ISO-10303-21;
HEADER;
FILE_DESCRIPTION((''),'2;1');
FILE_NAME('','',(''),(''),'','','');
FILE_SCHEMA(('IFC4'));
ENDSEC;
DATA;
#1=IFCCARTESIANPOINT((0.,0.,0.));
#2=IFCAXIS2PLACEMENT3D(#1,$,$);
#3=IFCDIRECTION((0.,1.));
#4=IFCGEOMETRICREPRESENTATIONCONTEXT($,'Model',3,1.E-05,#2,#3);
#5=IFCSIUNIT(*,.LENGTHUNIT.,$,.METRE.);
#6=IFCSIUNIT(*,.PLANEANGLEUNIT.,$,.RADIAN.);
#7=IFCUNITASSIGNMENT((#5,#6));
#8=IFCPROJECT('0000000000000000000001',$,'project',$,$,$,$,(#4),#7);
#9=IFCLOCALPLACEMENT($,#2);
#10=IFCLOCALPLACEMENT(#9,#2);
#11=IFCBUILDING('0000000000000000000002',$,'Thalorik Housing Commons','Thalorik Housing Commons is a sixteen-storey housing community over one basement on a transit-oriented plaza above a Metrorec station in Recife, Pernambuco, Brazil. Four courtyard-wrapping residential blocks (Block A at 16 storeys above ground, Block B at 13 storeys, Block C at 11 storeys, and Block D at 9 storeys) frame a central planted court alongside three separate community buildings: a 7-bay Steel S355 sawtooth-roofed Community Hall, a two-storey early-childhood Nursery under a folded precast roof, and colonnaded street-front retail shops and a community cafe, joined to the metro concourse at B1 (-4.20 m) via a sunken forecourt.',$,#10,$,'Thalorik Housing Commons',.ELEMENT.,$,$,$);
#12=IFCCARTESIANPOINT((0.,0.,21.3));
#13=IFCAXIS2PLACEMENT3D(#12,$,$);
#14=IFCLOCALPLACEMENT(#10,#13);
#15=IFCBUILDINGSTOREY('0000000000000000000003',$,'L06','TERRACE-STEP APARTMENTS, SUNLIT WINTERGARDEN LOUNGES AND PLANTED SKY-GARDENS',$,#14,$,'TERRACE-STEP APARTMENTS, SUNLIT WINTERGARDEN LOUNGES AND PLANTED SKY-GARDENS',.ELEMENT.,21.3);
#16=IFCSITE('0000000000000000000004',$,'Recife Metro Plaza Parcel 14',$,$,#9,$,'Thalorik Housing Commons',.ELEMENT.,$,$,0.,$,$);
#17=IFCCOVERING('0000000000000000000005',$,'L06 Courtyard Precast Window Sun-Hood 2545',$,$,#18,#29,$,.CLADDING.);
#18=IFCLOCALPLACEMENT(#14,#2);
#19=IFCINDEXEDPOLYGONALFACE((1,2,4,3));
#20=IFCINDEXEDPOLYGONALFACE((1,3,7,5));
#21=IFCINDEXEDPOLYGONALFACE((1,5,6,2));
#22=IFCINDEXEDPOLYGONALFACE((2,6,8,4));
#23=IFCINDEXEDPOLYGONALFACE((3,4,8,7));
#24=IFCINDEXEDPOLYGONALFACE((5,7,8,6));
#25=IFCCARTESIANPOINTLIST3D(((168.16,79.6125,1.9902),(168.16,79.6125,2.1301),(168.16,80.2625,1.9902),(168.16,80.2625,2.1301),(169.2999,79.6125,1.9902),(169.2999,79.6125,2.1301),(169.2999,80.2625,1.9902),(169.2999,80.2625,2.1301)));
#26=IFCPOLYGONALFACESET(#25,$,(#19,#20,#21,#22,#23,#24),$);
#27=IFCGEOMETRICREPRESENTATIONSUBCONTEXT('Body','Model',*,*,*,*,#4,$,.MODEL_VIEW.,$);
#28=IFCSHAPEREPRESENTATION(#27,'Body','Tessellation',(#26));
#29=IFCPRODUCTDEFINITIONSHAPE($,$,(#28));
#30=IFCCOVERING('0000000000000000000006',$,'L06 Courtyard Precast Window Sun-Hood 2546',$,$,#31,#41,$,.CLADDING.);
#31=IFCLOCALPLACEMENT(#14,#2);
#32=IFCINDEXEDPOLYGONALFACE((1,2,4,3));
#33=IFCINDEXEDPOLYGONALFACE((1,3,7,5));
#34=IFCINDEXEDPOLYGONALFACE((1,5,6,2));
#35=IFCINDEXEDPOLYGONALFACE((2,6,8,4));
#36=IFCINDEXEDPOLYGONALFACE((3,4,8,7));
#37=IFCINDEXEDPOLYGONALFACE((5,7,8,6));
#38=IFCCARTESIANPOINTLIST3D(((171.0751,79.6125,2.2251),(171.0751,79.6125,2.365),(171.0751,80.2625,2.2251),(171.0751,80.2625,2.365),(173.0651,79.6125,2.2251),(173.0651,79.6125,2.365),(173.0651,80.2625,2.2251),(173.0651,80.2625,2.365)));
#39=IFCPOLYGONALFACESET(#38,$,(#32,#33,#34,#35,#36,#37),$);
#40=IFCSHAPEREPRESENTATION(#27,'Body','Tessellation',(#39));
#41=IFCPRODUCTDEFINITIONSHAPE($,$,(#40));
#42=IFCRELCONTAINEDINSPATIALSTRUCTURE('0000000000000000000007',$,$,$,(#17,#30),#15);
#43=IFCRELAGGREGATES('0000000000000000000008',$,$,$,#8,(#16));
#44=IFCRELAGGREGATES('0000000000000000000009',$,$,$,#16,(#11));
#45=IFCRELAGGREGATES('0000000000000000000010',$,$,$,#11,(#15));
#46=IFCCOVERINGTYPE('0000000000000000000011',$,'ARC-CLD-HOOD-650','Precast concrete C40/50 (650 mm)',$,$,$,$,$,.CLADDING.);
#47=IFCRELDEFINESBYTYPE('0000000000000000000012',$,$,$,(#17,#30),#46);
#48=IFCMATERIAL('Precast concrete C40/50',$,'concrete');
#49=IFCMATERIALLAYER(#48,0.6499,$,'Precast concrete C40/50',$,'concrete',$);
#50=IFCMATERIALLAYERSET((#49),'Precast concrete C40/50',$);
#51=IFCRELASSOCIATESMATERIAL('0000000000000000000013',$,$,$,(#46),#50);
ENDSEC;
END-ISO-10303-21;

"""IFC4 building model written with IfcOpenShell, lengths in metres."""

from ifc_helpers import new_model, si_unit, direction, frame, origin, origin_2d, place, context, subcontext, project, spatial, rectangle, extrude, material, layer, layer_set, type_object, element, save


model = new_model("IFC4")

# Units and contexts
model_context = context("Model", 3, precision=1e-05, world=origin(), true_north=direction((0.0, 1.0)))
body_context = subcontext(model_context, "Body", "Model", "MODEL_VIEW")
ifc_project = project(units=[si_unit("LENGTHUNIT", "METRE"), si_unit("PLANEANGLEUNIT", "RADIAN")], contexts=[model_context])

# Site, building, storey
site_placement = place(None, origin())
site = spatial("IfcSite", under=ifc_project, at=site_placement, Name="Recife Metro Plaza Parcel 14", LongName="Thalorik Housing Commons", CompositionType="ELEMENT", RefElevation=0.0)
building_placement = place(site_placement, origin())
building = spatial("IfcBuilding", under=site, at=building_placement, Name="Thalorik Housing Commons", Description="Thalorik Housing Commons is a sixteen-storey housing community over one basement on a transit-oriented plaza above a Metrorec station in Recife, Pernambuco, Brazil. Four courtyard-wrapping residential blocks (Block A at 16 storeys above ground, Block B at 13 storeys, Block C at 11 storeys, and Block D at 9 storeys) frame a central planted court alongside three separate community buildings: a 7-bay Steel S355 sawtooth-roofed Community Hall, a two-storey early-childhood Nursery under a folded precast roof, and colonnaded street-front retail shops and a community cafe, joined to the metro concourse at B1 (-4.20 m) via a sunken forecourt.", LongName="Thalorik Housing Commons", CompositionType="ELEMENT")
storey_placement = place(building_placement, frame((0.0, 0.0, 21.3)))
storey = spatial("IfcBuildingStorey", under=building, at=storey_placement, Name="L06", Description="TERRACE-STEP APARTMENTS, SUNLIT WINTERGARDEN LOUNGES AND PLANTED SKY-GARDENS", LongName="TERRACE-STEP APARTMENTS, SUNLIT WINTERGARDEN LOUNGES AND PLANTED SKY-GARDENS", CompositionType="ELEMENT", Elevation=21.3)

# Shared definitions
ifc_material_1 = material(Name="Precast concrete C40/50", Category="concrete")

# Coverings
ifc_layer_1 = layer(ifc_material_1, 0.6499, Name="Precast concrete C40/50", Category="concrete")
ifc_layer_set_1 = layer_set([ifc_layer_1], Name="Precast concrete C40/50")
covering_type_1 = type_object("IfcCoveringType", Name="ARC-CLD-HOOD-650", Description="Precast concrete C40/50 (650 mm)", PredefinedType="CLADDING", material=ifc_layer_set_1)
covering_1_placement = place(storey_placement, frame((168.73, 79.9375, 1.9902), z_axis=(0.0, 0.0, 1.0), x_axis=(1.0, 0.0, 0.0)))
element("IfcCovering", 1, at=covering_1_placement, inside=storey, type_object=covering_type_1, Name="L06 Courtyard Precast Window Sun-Hood 2545", PredefinedType="CLADDING", context=body_context, shape_type="SweptSolid", body=[
    extrude(rectangle(XDim=1.1399, YDim=0.6499, at=origin_2d()), origin(), (0.0, 0.0, 1.0), 0.1399),
])
covering_2_placement = place(storey_placement, frame((172.0701, 79.9375, 2.2251), z_axis=(0.0, 0.0, 1.0), x_axis=(1.0, 0.0, 0.0)))
element("IfcCovering", 2, at=covering_2_placement, inside=storey, type_object=covering_type_1, Name="L06 Courtyard Precast Window Sun-Hood 2546", PredefinedType="CLADDING", context=body_context, shape_type="SweptSolid", body=[
    extrude(rectangle(XDim=1.99, YDim=0.6499, at=origin_2d()), origin(), (0.0, 0.0, 1.0), 0.1399),
])

save(model, "model.ifc")
